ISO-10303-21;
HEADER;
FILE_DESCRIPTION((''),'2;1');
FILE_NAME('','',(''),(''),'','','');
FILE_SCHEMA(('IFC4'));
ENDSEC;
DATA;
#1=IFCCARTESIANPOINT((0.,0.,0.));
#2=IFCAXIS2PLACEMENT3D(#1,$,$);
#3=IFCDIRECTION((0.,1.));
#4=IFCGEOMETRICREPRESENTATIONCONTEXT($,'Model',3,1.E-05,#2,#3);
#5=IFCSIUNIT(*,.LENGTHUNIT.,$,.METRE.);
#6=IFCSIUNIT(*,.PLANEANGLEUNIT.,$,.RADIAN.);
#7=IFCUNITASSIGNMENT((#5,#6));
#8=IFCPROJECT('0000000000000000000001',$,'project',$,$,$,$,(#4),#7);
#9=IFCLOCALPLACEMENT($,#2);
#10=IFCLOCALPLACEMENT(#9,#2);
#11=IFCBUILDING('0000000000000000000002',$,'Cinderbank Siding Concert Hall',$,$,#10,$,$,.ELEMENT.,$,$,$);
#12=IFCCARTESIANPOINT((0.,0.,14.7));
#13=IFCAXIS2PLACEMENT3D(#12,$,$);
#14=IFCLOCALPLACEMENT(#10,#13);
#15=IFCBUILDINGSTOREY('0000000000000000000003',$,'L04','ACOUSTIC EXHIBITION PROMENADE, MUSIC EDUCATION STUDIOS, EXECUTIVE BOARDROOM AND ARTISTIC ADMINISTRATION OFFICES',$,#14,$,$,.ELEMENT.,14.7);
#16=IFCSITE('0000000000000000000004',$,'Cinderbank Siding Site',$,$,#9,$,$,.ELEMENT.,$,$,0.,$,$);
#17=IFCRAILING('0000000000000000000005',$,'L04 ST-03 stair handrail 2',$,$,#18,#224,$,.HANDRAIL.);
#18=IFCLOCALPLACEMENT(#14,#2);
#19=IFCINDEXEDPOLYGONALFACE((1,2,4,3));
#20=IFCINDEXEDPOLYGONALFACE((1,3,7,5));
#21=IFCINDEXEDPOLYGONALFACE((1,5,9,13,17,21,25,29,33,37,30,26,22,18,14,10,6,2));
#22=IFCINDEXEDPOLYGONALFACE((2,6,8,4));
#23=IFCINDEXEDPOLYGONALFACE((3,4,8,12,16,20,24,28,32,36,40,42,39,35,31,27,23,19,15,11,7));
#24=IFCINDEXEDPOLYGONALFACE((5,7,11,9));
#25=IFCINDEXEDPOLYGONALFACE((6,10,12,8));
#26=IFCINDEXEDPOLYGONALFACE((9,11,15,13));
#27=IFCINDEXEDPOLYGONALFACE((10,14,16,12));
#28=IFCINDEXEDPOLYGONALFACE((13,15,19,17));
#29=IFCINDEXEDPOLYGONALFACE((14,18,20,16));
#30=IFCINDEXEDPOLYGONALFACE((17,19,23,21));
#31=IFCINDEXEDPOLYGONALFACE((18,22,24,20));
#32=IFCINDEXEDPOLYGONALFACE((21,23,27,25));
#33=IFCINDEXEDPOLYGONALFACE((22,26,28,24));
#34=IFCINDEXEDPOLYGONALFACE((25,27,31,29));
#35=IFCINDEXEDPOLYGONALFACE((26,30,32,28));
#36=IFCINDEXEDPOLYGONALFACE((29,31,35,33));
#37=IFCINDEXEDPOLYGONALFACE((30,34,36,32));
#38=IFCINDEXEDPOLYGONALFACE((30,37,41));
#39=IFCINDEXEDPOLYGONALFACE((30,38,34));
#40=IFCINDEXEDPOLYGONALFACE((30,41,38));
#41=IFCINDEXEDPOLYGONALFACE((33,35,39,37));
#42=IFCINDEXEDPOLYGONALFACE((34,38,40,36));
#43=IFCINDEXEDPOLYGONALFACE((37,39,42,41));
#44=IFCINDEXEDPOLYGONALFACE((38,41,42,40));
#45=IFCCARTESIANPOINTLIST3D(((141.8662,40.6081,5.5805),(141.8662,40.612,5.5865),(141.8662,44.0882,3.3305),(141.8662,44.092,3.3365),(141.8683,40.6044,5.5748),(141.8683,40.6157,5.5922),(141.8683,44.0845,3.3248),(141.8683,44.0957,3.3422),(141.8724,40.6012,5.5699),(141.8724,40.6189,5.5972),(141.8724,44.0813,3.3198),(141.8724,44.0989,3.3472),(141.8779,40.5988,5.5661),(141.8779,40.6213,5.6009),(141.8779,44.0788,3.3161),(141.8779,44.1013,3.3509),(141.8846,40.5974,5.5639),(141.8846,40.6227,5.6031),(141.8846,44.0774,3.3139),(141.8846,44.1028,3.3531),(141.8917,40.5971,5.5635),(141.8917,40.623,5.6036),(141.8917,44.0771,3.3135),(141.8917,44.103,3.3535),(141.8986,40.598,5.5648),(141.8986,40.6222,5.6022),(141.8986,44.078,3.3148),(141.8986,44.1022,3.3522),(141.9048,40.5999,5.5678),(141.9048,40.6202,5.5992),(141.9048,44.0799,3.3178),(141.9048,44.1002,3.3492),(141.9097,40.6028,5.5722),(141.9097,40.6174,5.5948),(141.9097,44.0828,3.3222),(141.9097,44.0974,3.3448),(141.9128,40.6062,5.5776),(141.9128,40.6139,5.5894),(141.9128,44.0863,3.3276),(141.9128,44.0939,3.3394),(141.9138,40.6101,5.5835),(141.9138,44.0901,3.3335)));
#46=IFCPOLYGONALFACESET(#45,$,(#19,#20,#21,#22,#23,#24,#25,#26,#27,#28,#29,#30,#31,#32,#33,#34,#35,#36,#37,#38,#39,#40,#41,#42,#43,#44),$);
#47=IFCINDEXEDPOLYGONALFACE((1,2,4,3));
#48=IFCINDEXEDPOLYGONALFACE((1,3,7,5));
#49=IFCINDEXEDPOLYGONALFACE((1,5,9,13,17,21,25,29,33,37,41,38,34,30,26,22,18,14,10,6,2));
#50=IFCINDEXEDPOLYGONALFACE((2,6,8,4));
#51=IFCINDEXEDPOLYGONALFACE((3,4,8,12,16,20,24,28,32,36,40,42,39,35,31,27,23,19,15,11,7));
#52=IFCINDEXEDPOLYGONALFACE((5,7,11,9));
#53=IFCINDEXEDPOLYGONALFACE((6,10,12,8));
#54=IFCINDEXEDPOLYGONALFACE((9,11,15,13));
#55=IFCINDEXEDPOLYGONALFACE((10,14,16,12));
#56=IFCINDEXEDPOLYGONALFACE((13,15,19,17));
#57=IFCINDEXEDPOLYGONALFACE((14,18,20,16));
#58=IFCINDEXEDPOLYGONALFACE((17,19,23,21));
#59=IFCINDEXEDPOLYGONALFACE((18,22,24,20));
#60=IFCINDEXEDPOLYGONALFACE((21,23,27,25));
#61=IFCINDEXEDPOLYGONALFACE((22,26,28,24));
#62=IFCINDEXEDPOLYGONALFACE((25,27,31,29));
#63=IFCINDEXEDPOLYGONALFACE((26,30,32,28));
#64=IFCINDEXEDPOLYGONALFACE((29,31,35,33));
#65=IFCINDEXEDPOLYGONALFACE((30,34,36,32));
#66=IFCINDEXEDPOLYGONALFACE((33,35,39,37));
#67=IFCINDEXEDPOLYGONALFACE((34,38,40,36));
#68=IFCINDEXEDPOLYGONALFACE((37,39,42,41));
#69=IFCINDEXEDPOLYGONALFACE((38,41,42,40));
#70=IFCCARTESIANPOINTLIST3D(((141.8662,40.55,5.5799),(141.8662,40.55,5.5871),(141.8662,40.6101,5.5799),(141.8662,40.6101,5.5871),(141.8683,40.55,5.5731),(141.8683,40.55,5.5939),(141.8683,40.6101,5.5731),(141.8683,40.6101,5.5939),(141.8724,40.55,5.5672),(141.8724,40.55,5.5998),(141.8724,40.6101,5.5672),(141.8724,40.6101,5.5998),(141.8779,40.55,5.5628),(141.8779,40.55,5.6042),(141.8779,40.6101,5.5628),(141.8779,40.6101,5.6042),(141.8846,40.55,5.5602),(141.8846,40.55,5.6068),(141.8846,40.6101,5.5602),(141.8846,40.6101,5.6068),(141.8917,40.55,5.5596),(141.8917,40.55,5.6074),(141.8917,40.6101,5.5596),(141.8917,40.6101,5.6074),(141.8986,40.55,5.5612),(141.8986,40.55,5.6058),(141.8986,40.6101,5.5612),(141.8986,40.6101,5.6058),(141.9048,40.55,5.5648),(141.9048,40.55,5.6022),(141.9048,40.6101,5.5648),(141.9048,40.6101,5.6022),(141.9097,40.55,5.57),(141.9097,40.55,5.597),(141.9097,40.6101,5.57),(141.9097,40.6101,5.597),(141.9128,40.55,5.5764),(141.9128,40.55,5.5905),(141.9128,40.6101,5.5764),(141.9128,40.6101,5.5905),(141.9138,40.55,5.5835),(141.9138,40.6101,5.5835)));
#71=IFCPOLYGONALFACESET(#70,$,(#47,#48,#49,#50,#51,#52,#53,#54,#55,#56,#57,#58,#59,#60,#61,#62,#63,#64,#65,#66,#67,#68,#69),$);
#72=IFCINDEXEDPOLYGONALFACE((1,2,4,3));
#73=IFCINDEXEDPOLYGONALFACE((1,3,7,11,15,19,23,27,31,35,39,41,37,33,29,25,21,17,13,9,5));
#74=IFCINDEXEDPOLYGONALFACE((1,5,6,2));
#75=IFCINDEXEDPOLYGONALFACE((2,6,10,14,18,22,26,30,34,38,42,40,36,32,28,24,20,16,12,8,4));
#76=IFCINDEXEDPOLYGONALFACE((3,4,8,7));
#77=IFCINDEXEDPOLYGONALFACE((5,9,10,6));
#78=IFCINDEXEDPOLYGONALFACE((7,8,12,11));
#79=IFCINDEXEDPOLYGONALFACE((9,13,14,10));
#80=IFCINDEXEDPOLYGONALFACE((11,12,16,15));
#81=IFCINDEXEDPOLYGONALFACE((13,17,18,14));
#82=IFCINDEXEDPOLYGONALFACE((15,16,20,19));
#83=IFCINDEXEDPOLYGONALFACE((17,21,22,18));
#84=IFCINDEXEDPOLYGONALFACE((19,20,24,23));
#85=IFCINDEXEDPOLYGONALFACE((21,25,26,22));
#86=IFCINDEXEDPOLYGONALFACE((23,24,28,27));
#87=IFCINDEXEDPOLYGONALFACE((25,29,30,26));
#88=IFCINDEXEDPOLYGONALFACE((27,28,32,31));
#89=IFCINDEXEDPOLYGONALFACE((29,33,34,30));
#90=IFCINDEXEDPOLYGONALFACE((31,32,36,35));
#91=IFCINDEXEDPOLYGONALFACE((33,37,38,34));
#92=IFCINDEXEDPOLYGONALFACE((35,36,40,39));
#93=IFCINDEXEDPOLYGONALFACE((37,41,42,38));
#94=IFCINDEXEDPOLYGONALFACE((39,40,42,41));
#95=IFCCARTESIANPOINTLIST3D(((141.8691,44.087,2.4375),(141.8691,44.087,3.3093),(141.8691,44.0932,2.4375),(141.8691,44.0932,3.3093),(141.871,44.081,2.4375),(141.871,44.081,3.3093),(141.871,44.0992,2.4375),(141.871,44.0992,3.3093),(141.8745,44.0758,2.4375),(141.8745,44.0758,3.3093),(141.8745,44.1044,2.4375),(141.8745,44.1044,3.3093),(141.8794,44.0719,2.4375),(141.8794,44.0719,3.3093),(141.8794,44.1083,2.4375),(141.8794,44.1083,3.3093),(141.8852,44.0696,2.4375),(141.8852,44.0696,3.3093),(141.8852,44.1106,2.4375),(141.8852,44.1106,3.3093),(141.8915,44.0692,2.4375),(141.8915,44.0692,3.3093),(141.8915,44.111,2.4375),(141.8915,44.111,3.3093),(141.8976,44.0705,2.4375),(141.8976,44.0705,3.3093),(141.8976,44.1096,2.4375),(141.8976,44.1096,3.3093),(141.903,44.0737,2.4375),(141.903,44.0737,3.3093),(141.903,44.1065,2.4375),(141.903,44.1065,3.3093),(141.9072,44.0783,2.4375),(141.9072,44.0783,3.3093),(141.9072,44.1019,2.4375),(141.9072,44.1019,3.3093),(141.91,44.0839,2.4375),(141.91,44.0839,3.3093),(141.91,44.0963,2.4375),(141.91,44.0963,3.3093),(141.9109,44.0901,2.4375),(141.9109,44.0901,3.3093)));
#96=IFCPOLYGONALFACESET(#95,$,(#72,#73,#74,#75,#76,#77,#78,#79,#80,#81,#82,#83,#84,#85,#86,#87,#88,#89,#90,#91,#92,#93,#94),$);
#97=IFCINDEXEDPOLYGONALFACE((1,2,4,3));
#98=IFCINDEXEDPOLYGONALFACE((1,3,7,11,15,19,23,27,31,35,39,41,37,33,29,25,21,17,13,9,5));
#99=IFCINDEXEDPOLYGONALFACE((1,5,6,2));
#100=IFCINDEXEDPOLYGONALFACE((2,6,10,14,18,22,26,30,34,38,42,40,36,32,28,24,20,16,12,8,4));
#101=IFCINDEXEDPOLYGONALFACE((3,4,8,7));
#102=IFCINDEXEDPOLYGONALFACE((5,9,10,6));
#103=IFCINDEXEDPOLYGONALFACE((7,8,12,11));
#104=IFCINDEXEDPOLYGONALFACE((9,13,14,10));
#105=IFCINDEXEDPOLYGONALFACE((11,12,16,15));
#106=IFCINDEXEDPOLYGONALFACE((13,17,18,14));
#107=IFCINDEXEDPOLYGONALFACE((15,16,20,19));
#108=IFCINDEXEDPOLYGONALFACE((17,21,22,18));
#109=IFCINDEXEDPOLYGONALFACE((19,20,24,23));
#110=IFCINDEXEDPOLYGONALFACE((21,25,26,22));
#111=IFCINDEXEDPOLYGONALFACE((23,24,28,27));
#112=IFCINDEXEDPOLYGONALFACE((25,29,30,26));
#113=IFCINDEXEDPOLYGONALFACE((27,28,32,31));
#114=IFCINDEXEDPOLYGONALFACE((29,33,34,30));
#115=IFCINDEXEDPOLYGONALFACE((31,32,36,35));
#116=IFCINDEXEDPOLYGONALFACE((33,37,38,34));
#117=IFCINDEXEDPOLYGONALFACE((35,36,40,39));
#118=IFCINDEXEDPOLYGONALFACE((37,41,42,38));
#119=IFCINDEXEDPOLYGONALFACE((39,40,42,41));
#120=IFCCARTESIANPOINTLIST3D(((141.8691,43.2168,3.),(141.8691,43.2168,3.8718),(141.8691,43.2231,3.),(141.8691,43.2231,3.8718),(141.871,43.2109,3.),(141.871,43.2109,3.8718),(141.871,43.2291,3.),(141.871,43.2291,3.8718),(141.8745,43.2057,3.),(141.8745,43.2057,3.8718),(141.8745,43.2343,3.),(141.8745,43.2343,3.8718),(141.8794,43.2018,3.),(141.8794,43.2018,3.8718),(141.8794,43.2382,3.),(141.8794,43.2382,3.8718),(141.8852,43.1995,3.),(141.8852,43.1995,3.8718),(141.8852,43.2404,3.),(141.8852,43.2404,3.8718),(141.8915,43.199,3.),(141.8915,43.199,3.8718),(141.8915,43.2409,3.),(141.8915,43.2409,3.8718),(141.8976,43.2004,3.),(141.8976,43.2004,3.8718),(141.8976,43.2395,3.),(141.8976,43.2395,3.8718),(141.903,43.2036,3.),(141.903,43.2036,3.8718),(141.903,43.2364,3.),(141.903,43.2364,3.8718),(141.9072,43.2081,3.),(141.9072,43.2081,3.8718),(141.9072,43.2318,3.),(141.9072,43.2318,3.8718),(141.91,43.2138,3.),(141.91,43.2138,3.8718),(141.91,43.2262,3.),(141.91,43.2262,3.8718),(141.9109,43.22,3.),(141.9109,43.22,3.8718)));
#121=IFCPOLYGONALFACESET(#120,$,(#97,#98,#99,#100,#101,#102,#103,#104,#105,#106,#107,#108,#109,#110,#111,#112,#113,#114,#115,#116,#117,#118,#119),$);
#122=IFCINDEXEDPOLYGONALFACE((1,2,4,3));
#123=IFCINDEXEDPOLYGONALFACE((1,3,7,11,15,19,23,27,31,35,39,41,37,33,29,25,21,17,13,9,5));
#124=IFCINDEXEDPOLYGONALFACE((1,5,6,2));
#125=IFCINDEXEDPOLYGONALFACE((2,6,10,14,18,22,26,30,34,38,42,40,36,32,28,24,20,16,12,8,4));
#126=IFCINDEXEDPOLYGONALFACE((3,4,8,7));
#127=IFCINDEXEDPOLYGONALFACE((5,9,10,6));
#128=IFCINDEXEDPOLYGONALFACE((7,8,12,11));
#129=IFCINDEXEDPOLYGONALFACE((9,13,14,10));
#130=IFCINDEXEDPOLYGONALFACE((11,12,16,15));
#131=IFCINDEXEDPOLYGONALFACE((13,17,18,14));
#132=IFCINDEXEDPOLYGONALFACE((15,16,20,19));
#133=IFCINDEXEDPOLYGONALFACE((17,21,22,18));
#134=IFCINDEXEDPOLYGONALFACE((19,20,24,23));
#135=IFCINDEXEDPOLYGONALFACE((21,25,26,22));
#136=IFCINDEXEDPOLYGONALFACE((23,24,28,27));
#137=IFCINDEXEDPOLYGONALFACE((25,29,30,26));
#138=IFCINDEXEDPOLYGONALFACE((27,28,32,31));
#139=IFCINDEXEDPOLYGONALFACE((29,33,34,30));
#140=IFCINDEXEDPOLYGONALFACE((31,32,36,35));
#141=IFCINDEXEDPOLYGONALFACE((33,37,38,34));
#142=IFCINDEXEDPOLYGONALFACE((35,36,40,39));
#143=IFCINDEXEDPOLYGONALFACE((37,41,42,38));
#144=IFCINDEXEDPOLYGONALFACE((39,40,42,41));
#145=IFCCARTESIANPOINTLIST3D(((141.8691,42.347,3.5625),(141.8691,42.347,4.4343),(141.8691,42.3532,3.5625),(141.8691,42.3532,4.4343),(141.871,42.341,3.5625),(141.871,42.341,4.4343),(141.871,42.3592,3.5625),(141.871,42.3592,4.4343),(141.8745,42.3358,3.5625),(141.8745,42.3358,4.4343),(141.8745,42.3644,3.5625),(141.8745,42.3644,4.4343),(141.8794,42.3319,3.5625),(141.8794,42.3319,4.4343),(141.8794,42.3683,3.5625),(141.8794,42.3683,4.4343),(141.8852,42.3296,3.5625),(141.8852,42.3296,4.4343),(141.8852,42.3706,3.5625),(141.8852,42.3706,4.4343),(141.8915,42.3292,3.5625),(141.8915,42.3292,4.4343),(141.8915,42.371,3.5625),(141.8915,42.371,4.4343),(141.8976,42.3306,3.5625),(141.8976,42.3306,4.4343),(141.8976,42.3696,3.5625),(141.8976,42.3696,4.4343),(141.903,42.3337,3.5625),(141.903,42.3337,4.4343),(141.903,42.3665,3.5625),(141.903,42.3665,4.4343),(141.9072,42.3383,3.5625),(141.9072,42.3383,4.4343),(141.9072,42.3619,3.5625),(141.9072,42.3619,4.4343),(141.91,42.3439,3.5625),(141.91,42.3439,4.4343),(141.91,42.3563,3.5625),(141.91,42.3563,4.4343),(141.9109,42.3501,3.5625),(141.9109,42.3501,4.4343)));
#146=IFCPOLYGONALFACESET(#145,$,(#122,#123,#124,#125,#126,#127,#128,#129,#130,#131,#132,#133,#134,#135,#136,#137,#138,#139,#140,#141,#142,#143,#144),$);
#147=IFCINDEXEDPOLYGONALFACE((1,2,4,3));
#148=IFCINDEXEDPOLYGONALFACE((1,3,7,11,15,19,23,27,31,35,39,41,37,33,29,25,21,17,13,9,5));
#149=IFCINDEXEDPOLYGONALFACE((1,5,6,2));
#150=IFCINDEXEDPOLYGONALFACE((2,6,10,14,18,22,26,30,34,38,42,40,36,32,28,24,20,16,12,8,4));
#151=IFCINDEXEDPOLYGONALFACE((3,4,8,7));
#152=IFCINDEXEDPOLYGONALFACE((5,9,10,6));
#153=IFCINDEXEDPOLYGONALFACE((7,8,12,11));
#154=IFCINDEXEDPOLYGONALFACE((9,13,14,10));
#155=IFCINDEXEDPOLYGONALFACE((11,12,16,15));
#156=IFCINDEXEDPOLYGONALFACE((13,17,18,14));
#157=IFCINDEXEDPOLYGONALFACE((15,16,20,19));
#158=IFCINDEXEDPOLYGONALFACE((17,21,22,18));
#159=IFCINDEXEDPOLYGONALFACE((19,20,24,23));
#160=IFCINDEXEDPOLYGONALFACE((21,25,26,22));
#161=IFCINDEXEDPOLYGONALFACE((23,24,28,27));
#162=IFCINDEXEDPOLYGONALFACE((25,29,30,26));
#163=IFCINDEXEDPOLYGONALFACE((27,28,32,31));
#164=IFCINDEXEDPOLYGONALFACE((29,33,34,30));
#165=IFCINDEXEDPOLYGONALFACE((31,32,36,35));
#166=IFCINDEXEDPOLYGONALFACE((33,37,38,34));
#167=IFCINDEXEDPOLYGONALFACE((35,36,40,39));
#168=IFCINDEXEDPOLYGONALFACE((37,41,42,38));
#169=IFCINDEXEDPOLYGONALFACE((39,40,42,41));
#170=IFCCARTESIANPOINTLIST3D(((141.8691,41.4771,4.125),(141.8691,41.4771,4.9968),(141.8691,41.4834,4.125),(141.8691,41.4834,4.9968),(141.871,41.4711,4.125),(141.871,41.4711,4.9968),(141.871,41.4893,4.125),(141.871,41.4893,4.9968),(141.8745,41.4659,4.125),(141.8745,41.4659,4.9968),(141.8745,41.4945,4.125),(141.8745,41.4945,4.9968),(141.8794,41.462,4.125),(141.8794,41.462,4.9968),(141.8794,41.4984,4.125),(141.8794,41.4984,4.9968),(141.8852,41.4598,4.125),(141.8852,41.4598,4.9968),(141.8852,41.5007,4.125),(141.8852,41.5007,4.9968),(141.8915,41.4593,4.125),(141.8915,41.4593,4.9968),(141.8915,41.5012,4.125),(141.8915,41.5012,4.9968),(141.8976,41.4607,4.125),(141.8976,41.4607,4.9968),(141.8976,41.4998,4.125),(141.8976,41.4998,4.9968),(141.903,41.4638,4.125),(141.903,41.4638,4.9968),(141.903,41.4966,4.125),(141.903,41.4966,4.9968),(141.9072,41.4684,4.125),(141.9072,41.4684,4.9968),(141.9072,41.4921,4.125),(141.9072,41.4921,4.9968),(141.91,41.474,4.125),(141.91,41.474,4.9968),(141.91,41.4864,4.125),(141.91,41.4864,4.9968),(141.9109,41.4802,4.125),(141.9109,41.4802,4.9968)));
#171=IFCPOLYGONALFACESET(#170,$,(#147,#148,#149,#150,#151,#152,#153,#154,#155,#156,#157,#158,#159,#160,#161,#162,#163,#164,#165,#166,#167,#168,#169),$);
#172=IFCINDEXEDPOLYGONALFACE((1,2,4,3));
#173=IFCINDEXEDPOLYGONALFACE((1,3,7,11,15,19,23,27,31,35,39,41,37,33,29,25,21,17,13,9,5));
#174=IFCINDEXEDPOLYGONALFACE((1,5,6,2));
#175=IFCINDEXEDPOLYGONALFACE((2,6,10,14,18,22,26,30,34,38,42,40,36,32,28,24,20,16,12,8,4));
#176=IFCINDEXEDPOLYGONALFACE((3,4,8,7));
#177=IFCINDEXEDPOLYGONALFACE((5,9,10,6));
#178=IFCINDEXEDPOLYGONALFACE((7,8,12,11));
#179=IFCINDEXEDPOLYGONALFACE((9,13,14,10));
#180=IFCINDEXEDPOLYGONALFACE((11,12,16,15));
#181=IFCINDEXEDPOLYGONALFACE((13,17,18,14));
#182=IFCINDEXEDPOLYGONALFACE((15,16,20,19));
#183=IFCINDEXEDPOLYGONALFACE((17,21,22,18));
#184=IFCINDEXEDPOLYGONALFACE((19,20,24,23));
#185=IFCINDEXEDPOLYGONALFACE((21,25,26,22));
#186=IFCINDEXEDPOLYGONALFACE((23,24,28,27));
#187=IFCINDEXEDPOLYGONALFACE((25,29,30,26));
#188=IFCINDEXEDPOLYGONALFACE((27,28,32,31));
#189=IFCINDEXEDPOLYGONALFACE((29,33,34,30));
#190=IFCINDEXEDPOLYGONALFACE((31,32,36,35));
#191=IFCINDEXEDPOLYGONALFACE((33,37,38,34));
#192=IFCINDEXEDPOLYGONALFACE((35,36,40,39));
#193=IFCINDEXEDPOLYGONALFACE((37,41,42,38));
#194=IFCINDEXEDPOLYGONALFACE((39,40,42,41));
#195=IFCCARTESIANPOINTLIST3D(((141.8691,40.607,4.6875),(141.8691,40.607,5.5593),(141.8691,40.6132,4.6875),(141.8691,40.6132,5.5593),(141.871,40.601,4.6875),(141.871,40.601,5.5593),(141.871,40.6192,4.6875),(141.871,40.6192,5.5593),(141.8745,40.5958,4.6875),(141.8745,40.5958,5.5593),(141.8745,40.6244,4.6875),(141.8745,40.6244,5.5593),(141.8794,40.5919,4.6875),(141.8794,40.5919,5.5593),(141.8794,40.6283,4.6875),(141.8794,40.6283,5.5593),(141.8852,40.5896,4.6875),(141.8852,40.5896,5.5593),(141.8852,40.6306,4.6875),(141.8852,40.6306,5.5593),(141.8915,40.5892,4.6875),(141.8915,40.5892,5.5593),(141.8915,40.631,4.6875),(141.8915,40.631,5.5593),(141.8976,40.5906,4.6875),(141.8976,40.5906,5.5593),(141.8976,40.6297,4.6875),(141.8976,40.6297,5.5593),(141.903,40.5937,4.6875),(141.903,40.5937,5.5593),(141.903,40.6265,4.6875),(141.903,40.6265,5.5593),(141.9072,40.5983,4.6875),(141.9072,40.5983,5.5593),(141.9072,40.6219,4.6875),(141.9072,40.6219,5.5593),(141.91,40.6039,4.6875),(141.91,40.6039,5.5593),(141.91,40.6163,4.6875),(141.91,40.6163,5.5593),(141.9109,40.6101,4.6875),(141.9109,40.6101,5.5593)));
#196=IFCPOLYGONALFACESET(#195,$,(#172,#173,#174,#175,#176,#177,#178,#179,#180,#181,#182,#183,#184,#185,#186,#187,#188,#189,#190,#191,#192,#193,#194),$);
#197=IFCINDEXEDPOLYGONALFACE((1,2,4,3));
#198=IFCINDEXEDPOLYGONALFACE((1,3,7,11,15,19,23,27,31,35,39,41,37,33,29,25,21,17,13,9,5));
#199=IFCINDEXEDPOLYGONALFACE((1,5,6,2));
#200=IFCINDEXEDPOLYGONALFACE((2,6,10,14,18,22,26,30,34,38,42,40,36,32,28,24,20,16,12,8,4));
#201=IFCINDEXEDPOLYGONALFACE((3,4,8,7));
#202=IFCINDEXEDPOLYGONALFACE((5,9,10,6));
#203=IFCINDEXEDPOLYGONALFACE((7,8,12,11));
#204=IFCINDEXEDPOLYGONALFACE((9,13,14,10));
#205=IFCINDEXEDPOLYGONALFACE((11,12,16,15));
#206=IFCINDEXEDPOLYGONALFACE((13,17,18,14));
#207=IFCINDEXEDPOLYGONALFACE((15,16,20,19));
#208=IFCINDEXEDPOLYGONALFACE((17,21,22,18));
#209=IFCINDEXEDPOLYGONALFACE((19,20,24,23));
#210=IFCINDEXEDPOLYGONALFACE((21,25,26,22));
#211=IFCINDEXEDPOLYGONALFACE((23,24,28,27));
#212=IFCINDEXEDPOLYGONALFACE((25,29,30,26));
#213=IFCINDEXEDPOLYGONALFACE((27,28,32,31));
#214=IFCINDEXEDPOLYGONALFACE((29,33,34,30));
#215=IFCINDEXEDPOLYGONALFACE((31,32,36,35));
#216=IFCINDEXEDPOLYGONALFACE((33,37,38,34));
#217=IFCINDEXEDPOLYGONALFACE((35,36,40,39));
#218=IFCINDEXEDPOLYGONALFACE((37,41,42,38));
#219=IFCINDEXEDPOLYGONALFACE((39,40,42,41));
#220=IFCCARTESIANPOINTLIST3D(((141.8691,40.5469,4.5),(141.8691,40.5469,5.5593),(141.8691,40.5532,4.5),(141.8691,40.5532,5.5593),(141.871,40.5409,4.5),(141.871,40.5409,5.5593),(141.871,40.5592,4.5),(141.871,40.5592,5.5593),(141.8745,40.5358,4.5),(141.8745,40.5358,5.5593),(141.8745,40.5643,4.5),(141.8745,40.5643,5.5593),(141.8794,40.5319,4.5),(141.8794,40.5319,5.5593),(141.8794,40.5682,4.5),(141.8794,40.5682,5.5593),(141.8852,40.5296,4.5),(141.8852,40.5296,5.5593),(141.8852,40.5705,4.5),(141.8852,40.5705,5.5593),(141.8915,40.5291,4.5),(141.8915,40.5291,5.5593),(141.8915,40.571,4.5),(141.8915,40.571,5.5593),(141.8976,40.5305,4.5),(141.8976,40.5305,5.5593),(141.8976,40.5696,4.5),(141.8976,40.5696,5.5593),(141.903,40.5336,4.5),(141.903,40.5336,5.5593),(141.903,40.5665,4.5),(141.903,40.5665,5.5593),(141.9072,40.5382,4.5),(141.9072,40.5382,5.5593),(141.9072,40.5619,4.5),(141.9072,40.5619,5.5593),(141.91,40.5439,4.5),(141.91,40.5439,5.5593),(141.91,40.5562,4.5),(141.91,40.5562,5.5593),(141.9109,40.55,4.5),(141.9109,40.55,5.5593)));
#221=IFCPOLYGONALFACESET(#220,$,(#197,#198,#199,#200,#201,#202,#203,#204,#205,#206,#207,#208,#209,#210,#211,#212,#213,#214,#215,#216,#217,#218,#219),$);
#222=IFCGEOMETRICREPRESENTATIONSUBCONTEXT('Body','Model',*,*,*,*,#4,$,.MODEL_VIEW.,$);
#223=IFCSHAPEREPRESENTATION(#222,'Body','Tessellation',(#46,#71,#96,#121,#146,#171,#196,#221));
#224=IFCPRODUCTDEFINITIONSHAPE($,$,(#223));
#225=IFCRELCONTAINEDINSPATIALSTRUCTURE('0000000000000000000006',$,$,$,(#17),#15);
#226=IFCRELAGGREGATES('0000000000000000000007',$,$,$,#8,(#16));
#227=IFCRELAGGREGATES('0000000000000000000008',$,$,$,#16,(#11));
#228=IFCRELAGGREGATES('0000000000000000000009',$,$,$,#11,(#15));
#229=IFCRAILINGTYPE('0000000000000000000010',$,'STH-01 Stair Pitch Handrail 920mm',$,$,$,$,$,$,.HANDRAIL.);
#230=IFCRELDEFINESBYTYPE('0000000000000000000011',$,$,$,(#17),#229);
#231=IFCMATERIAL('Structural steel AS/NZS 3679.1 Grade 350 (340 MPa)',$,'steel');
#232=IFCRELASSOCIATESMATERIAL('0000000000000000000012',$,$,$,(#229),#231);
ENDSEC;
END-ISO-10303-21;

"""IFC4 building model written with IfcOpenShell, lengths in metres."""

from ifc_helpers import new_model, si_unit, direction, frame, origin, origin_2d, place, context, subcontext, project, spatial, circle, extrude, material, type_object, element, save


model = new_model("IFC4")

# Units and contexts
model_context = context("Model", 3, precision=1e-05, world=origin(), true_north=direction((0.0, 1.0)))
body_context = subcontext(model_context, "Body", "Model", "MODEL_VIEW")
ifc_project = project(units=[si_unit("LENGTHUNIT", "METRE"), si_unit("PLANEANGLEUNIT", "RADIAN")], contexts=[model_context])

# Site, building, storey
site_placement = place(None, origin())
site = spatial("IfcSite", under=ifc_project, at=site_placement, Name="Cinderbank Siding Site", CompositionType="ELEMENT", RefElevation=0.0)
building_placement = place(site_placement, origin())
building = spatial("IfcBuilding", under=site, at=building_placement, Name="Cinderbank Siding Concert Hall", CompositionType="ELEMENT")
storey_placement = place(building_placement, frame((0.0, 0.0, 14.7)))
storey = spatial("IfcBuildingStorey", under=building, at=storey_placement, Name="L04", Description="ACOUSTIC EXHIBITION PROMENADE, MUSIC EDUCATION STUDIOS, EXECUTIVE BOARDROOM AND ARTISTIC ADMINISTRATION OFFICES", CompositionType="ELEMENT", Elevation=14.7)

# Railing
ifc_material_1 = material(Name="Structural steel AS/NZS 3679.1 Grade 350 (340 MPa)", Category="steel")
railing_type_1 = type_object("IfcRailingType", Name="STH-01 Stair Pitch Handrail 920mm", PredefinedType="HANDRAIL", material=ifc_material_1)
railing_1_placement = place(storey_placement, frame((141.8899, 44.0901, 2.4375)))
element("IfcRailing", 1, at=railing_1_placement, inside=storey, type_object=railing_type_1, Name="L04 ST-03 stair handrail 2", PredefinedType="HANDRAIL", context=body_context, shape_type="SweptSolid", body=[
    extrude(circle(Radius=0.0239, at=origin_2d()), frame((0.0, 0.0, 0.896), z_axis=(0.0, -0.839763, 0.542953), x_axis=(1.0, 0.0, 0.0)), (0.0, 0.0, 1.0), 4.144),
    extrude(circle(Radius=0.0239, at=origin_2d()), frame((0.0, -3.48, 3.146), z_axis=(0.0, -1.0, 0.0), x_axis=(1.0, 0.0, 0.0)), (0.0, 0.0, 1.0), 0.0601),
    extrude(circle(Radius=0.021, at=origin_2d()), origin(), (0.0, 0.0, 1.0), 0.8718),
    extrude(circle(Radius=0.021, at=origin_2d()), frame((0.0, -0.8701, 0.5625)), (0.0, 0.0, 1.0), 0.8718),
    extrude(circle(Radius=0.021, at=origin_2d()), frame((0.0, -1.74, 1.125)), (0.0, 0.0, 1.0), 0.8718),
    extrude(circle(Radius=0.021, at=origin_2d()), frame((0.0, -2.6099, 1.6875)), (0.0, 0.0, 1.0), 0.8718),
    extrude(circle(Radius=0.021, at=origin_2d()), frame((0.0, -3.48, 2.25)), (0.0, 0.0, 1.0), 0.8718),
    extrude(circle(Radius=0.021, at=origin_2d()), frame((0.0, -3.54, 2.0625)), (0.0, 0.0, 1.0), 1.0593),
])

save(model, "model.ifc")
